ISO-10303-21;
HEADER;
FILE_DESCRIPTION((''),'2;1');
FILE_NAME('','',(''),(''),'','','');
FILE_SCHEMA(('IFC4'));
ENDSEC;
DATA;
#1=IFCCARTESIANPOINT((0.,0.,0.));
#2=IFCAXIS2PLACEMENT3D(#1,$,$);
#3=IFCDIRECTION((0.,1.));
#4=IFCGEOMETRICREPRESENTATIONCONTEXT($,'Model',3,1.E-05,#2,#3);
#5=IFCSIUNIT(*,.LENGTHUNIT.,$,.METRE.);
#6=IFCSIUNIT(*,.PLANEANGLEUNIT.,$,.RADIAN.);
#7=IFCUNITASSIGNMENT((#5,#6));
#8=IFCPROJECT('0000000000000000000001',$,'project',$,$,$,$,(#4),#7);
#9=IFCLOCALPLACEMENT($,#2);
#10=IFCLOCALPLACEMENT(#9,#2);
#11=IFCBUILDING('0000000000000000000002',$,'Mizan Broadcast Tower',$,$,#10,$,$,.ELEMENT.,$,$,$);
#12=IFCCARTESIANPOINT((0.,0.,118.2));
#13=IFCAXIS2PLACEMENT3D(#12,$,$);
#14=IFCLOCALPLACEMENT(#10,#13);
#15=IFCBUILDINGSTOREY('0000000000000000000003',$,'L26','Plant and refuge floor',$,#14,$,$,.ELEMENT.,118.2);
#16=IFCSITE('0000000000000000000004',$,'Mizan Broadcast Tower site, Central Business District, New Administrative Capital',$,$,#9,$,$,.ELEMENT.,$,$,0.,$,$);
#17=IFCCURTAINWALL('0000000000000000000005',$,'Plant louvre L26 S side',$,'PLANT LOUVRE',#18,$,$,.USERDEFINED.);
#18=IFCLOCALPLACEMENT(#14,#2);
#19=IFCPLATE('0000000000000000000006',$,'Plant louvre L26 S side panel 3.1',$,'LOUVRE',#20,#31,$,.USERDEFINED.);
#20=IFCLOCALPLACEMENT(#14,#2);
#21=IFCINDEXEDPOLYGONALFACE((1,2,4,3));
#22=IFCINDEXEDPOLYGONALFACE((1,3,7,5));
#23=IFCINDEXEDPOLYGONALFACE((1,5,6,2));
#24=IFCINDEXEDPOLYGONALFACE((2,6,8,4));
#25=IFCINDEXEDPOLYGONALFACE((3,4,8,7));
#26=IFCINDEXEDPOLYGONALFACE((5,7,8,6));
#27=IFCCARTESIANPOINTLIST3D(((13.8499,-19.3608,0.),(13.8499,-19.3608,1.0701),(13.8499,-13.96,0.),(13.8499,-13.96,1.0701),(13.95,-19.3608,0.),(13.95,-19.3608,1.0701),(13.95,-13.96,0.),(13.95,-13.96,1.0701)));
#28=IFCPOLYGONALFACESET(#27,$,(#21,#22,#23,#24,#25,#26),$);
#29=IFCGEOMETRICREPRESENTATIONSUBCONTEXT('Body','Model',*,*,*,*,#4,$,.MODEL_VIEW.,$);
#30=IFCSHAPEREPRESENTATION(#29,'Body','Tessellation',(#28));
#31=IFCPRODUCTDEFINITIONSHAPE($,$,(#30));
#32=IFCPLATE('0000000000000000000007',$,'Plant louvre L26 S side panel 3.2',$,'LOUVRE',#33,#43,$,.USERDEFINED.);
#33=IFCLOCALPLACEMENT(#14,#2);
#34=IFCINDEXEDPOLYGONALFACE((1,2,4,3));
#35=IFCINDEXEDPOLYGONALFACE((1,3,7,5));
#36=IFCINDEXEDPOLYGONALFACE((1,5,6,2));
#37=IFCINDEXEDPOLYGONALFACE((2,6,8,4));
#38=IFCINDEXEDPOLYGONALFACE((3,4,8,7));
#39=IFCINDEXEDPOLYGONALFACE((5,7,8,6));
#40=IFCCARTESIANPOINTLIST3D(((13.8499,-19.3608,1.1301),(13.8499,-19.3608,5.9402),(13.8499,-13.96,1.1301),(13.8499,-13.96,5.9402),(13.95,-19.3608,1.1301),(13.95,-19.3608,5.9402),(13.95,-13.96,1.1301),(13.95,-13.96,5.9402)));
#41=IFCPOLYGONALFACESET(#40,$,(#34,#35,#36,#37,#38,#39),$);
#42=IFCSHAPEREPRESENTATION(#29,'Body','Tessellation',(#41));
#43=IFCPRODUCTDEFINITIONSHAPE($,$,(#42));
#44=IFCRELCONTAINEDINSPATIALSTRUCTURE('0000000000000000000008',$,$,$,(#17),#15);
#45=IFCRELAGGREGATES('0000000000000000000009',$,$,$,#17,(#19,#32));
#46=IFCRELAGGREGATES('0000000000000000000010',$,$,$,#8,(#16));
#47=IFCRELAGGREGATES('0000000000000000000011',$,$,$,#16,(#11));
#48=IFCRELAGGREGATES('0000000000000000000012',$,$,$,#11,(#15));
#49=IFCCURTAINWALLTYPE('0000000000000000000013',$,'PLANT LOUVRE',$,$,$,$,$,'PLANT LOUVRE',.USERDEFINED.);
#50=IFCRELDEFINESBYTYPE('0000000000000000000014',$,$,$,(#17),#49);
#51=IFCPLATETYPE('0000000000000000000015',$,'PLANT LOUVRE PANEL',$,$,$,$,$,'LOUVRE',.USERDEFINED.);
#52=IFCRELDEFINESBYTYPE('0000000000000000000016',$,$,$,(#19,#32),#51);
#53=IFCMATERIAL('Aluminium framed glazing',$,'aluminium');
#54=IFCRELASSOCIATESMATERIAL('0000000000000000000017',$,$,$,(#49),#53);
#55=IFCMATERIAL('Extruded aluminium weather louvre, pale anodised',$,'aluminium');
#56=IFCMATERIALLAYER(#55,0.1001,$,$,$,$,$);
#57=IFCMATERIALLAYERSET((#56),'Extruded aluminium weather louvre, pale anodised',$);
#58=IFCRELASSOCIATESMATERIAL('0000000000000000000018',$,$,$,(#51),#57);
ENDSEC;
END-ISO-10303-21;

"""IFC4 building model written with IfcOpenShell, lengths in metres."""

from ifc_helpers import new_model, si_unit, direction, frame, origin, origin_2d, place, context, subcontext, project, spatial, rectangle, extrude, material, layer, layer_set, type_object, element, aggregate, save


model = new_model("IFC4")

# Units and contexts
model_context = context("Model", 3, precision=1e-05, world=origin(), true_north=direction((0.0, 1.0)))
body_context = subcontext(model_context, "Body", "Model", "MODEL_VIEW")
ifc_project = project(units=[si_unit("LENGTHUNIT", "METRE"), si_unit("PLANEANGLEUNIT", "RADIAN")], contexts=[model_context])

# Site, building, storey
site_placement = place(None, origin())
site = spatial("IfcSite", under=ifc_project, at=site_placement, Name="Mizan Broadcast Tower site, Central Business District, New Administrative Capital", CompositionType="ELEMENT", RefElevation=0.0)
building_placement = place(site_placement, origin())
building = spatial("IfcBuilding", under=site, at=building_placement, Name="Mizan Broadcast Tower", CompositionType="ELEMENT")
storey_placement = place(building_placement, frame((0.0, 0.0, 118.2)))
storey = spatial("IfcBuildingStorey", under=building, at=storey_placement, Name="L26", Description="Plant and refuge floor", CompositionType="ELEMENT", Elevation=118.2)

# Shared definitions
ifc_material_1 = material(Name="Aluminium framed glazing", Category="aluminium")
curtain_wall_type = type_object("IfcCurtainWallType", Name="PLANT LOUVRE", ElementType="PLANT LOUVRE", PredefinedType="USERDEFINED", material=ifc_material_1)

# Curtain wall
curtain_wall_1_placement = place(storey_placement, origin())
curtain_wall_1 = element("IfcCurtainWall", 1, at=curtain_wall_1_placement, inside=storey, type_object=curtain_wall_type, Name="Plant louvre L26 S side", ObjectType="PLANT LOUVRE", PredefinedType="USERDEFINED")

# Plates
ifc_material_2 = material(Name="Extruded aluminium weather louvre, pale anodised", Category="aluminium")
ifc_layer = layer(ifc_material_2, 0.1001)
ifc_layer_set = layer_set([ifc_layer], Name="Extruded aluminium weather louvre, pale anodised")
plate_type = type_object("IfcPlateType", Name="PLANT LOUVRE PANEL", ElementType="LOUVRE", PredefinedType="USERDEFINED", material=ifc_layer_set)
plate_1_placement = place(storey_placement, frame((13.8999, -16.6604, 0.0), z_axis=(0.0, 0.0, 1.0), x_axis=(0.0, 1.0, 0.0)))
plate_1 = element("IfcPlate", 2, at=plate_1_placement, type_object=plate_type, Name="Plant louvre L26 S side panel 3.1", ObjectType="LOUVRE", PredefinedType="USERDEFINED", context=body_context, shape_type="SweptSolid", body=[
    extrude(rectangle(XDim=5.4009, YDim=0.1001, at=origin_2d()), origin(), (0.0, 0.0, 1.0), 1.0701),
])
plate_2_placement = place(storey_placement, frame((13.8999, -16.6604, 1.1301), z_axis=(0.0, 0.0, 1.0), x_axis=(0.0, 1.0, 0.0)))
plate_2 = element("IfcPlate", 3, at=plate_2_placement, type_object=plate_type, Name="Plant louvre L26 S side panel 3.2", ObjectType="LOUVRE", PredefinedType="USERDEFINED", context=body_context, shape_type="SweptSolid", body=[
    extrude(rectangle(XDim=5.4009, YDim=0.1001, at=origin_2d()), origin(), (0.0, 0.0, 1.0), 4.8101),
])
aggregate(curtain_wall_1, [plate_1, plate_2])

save(model, "model.ifc")
